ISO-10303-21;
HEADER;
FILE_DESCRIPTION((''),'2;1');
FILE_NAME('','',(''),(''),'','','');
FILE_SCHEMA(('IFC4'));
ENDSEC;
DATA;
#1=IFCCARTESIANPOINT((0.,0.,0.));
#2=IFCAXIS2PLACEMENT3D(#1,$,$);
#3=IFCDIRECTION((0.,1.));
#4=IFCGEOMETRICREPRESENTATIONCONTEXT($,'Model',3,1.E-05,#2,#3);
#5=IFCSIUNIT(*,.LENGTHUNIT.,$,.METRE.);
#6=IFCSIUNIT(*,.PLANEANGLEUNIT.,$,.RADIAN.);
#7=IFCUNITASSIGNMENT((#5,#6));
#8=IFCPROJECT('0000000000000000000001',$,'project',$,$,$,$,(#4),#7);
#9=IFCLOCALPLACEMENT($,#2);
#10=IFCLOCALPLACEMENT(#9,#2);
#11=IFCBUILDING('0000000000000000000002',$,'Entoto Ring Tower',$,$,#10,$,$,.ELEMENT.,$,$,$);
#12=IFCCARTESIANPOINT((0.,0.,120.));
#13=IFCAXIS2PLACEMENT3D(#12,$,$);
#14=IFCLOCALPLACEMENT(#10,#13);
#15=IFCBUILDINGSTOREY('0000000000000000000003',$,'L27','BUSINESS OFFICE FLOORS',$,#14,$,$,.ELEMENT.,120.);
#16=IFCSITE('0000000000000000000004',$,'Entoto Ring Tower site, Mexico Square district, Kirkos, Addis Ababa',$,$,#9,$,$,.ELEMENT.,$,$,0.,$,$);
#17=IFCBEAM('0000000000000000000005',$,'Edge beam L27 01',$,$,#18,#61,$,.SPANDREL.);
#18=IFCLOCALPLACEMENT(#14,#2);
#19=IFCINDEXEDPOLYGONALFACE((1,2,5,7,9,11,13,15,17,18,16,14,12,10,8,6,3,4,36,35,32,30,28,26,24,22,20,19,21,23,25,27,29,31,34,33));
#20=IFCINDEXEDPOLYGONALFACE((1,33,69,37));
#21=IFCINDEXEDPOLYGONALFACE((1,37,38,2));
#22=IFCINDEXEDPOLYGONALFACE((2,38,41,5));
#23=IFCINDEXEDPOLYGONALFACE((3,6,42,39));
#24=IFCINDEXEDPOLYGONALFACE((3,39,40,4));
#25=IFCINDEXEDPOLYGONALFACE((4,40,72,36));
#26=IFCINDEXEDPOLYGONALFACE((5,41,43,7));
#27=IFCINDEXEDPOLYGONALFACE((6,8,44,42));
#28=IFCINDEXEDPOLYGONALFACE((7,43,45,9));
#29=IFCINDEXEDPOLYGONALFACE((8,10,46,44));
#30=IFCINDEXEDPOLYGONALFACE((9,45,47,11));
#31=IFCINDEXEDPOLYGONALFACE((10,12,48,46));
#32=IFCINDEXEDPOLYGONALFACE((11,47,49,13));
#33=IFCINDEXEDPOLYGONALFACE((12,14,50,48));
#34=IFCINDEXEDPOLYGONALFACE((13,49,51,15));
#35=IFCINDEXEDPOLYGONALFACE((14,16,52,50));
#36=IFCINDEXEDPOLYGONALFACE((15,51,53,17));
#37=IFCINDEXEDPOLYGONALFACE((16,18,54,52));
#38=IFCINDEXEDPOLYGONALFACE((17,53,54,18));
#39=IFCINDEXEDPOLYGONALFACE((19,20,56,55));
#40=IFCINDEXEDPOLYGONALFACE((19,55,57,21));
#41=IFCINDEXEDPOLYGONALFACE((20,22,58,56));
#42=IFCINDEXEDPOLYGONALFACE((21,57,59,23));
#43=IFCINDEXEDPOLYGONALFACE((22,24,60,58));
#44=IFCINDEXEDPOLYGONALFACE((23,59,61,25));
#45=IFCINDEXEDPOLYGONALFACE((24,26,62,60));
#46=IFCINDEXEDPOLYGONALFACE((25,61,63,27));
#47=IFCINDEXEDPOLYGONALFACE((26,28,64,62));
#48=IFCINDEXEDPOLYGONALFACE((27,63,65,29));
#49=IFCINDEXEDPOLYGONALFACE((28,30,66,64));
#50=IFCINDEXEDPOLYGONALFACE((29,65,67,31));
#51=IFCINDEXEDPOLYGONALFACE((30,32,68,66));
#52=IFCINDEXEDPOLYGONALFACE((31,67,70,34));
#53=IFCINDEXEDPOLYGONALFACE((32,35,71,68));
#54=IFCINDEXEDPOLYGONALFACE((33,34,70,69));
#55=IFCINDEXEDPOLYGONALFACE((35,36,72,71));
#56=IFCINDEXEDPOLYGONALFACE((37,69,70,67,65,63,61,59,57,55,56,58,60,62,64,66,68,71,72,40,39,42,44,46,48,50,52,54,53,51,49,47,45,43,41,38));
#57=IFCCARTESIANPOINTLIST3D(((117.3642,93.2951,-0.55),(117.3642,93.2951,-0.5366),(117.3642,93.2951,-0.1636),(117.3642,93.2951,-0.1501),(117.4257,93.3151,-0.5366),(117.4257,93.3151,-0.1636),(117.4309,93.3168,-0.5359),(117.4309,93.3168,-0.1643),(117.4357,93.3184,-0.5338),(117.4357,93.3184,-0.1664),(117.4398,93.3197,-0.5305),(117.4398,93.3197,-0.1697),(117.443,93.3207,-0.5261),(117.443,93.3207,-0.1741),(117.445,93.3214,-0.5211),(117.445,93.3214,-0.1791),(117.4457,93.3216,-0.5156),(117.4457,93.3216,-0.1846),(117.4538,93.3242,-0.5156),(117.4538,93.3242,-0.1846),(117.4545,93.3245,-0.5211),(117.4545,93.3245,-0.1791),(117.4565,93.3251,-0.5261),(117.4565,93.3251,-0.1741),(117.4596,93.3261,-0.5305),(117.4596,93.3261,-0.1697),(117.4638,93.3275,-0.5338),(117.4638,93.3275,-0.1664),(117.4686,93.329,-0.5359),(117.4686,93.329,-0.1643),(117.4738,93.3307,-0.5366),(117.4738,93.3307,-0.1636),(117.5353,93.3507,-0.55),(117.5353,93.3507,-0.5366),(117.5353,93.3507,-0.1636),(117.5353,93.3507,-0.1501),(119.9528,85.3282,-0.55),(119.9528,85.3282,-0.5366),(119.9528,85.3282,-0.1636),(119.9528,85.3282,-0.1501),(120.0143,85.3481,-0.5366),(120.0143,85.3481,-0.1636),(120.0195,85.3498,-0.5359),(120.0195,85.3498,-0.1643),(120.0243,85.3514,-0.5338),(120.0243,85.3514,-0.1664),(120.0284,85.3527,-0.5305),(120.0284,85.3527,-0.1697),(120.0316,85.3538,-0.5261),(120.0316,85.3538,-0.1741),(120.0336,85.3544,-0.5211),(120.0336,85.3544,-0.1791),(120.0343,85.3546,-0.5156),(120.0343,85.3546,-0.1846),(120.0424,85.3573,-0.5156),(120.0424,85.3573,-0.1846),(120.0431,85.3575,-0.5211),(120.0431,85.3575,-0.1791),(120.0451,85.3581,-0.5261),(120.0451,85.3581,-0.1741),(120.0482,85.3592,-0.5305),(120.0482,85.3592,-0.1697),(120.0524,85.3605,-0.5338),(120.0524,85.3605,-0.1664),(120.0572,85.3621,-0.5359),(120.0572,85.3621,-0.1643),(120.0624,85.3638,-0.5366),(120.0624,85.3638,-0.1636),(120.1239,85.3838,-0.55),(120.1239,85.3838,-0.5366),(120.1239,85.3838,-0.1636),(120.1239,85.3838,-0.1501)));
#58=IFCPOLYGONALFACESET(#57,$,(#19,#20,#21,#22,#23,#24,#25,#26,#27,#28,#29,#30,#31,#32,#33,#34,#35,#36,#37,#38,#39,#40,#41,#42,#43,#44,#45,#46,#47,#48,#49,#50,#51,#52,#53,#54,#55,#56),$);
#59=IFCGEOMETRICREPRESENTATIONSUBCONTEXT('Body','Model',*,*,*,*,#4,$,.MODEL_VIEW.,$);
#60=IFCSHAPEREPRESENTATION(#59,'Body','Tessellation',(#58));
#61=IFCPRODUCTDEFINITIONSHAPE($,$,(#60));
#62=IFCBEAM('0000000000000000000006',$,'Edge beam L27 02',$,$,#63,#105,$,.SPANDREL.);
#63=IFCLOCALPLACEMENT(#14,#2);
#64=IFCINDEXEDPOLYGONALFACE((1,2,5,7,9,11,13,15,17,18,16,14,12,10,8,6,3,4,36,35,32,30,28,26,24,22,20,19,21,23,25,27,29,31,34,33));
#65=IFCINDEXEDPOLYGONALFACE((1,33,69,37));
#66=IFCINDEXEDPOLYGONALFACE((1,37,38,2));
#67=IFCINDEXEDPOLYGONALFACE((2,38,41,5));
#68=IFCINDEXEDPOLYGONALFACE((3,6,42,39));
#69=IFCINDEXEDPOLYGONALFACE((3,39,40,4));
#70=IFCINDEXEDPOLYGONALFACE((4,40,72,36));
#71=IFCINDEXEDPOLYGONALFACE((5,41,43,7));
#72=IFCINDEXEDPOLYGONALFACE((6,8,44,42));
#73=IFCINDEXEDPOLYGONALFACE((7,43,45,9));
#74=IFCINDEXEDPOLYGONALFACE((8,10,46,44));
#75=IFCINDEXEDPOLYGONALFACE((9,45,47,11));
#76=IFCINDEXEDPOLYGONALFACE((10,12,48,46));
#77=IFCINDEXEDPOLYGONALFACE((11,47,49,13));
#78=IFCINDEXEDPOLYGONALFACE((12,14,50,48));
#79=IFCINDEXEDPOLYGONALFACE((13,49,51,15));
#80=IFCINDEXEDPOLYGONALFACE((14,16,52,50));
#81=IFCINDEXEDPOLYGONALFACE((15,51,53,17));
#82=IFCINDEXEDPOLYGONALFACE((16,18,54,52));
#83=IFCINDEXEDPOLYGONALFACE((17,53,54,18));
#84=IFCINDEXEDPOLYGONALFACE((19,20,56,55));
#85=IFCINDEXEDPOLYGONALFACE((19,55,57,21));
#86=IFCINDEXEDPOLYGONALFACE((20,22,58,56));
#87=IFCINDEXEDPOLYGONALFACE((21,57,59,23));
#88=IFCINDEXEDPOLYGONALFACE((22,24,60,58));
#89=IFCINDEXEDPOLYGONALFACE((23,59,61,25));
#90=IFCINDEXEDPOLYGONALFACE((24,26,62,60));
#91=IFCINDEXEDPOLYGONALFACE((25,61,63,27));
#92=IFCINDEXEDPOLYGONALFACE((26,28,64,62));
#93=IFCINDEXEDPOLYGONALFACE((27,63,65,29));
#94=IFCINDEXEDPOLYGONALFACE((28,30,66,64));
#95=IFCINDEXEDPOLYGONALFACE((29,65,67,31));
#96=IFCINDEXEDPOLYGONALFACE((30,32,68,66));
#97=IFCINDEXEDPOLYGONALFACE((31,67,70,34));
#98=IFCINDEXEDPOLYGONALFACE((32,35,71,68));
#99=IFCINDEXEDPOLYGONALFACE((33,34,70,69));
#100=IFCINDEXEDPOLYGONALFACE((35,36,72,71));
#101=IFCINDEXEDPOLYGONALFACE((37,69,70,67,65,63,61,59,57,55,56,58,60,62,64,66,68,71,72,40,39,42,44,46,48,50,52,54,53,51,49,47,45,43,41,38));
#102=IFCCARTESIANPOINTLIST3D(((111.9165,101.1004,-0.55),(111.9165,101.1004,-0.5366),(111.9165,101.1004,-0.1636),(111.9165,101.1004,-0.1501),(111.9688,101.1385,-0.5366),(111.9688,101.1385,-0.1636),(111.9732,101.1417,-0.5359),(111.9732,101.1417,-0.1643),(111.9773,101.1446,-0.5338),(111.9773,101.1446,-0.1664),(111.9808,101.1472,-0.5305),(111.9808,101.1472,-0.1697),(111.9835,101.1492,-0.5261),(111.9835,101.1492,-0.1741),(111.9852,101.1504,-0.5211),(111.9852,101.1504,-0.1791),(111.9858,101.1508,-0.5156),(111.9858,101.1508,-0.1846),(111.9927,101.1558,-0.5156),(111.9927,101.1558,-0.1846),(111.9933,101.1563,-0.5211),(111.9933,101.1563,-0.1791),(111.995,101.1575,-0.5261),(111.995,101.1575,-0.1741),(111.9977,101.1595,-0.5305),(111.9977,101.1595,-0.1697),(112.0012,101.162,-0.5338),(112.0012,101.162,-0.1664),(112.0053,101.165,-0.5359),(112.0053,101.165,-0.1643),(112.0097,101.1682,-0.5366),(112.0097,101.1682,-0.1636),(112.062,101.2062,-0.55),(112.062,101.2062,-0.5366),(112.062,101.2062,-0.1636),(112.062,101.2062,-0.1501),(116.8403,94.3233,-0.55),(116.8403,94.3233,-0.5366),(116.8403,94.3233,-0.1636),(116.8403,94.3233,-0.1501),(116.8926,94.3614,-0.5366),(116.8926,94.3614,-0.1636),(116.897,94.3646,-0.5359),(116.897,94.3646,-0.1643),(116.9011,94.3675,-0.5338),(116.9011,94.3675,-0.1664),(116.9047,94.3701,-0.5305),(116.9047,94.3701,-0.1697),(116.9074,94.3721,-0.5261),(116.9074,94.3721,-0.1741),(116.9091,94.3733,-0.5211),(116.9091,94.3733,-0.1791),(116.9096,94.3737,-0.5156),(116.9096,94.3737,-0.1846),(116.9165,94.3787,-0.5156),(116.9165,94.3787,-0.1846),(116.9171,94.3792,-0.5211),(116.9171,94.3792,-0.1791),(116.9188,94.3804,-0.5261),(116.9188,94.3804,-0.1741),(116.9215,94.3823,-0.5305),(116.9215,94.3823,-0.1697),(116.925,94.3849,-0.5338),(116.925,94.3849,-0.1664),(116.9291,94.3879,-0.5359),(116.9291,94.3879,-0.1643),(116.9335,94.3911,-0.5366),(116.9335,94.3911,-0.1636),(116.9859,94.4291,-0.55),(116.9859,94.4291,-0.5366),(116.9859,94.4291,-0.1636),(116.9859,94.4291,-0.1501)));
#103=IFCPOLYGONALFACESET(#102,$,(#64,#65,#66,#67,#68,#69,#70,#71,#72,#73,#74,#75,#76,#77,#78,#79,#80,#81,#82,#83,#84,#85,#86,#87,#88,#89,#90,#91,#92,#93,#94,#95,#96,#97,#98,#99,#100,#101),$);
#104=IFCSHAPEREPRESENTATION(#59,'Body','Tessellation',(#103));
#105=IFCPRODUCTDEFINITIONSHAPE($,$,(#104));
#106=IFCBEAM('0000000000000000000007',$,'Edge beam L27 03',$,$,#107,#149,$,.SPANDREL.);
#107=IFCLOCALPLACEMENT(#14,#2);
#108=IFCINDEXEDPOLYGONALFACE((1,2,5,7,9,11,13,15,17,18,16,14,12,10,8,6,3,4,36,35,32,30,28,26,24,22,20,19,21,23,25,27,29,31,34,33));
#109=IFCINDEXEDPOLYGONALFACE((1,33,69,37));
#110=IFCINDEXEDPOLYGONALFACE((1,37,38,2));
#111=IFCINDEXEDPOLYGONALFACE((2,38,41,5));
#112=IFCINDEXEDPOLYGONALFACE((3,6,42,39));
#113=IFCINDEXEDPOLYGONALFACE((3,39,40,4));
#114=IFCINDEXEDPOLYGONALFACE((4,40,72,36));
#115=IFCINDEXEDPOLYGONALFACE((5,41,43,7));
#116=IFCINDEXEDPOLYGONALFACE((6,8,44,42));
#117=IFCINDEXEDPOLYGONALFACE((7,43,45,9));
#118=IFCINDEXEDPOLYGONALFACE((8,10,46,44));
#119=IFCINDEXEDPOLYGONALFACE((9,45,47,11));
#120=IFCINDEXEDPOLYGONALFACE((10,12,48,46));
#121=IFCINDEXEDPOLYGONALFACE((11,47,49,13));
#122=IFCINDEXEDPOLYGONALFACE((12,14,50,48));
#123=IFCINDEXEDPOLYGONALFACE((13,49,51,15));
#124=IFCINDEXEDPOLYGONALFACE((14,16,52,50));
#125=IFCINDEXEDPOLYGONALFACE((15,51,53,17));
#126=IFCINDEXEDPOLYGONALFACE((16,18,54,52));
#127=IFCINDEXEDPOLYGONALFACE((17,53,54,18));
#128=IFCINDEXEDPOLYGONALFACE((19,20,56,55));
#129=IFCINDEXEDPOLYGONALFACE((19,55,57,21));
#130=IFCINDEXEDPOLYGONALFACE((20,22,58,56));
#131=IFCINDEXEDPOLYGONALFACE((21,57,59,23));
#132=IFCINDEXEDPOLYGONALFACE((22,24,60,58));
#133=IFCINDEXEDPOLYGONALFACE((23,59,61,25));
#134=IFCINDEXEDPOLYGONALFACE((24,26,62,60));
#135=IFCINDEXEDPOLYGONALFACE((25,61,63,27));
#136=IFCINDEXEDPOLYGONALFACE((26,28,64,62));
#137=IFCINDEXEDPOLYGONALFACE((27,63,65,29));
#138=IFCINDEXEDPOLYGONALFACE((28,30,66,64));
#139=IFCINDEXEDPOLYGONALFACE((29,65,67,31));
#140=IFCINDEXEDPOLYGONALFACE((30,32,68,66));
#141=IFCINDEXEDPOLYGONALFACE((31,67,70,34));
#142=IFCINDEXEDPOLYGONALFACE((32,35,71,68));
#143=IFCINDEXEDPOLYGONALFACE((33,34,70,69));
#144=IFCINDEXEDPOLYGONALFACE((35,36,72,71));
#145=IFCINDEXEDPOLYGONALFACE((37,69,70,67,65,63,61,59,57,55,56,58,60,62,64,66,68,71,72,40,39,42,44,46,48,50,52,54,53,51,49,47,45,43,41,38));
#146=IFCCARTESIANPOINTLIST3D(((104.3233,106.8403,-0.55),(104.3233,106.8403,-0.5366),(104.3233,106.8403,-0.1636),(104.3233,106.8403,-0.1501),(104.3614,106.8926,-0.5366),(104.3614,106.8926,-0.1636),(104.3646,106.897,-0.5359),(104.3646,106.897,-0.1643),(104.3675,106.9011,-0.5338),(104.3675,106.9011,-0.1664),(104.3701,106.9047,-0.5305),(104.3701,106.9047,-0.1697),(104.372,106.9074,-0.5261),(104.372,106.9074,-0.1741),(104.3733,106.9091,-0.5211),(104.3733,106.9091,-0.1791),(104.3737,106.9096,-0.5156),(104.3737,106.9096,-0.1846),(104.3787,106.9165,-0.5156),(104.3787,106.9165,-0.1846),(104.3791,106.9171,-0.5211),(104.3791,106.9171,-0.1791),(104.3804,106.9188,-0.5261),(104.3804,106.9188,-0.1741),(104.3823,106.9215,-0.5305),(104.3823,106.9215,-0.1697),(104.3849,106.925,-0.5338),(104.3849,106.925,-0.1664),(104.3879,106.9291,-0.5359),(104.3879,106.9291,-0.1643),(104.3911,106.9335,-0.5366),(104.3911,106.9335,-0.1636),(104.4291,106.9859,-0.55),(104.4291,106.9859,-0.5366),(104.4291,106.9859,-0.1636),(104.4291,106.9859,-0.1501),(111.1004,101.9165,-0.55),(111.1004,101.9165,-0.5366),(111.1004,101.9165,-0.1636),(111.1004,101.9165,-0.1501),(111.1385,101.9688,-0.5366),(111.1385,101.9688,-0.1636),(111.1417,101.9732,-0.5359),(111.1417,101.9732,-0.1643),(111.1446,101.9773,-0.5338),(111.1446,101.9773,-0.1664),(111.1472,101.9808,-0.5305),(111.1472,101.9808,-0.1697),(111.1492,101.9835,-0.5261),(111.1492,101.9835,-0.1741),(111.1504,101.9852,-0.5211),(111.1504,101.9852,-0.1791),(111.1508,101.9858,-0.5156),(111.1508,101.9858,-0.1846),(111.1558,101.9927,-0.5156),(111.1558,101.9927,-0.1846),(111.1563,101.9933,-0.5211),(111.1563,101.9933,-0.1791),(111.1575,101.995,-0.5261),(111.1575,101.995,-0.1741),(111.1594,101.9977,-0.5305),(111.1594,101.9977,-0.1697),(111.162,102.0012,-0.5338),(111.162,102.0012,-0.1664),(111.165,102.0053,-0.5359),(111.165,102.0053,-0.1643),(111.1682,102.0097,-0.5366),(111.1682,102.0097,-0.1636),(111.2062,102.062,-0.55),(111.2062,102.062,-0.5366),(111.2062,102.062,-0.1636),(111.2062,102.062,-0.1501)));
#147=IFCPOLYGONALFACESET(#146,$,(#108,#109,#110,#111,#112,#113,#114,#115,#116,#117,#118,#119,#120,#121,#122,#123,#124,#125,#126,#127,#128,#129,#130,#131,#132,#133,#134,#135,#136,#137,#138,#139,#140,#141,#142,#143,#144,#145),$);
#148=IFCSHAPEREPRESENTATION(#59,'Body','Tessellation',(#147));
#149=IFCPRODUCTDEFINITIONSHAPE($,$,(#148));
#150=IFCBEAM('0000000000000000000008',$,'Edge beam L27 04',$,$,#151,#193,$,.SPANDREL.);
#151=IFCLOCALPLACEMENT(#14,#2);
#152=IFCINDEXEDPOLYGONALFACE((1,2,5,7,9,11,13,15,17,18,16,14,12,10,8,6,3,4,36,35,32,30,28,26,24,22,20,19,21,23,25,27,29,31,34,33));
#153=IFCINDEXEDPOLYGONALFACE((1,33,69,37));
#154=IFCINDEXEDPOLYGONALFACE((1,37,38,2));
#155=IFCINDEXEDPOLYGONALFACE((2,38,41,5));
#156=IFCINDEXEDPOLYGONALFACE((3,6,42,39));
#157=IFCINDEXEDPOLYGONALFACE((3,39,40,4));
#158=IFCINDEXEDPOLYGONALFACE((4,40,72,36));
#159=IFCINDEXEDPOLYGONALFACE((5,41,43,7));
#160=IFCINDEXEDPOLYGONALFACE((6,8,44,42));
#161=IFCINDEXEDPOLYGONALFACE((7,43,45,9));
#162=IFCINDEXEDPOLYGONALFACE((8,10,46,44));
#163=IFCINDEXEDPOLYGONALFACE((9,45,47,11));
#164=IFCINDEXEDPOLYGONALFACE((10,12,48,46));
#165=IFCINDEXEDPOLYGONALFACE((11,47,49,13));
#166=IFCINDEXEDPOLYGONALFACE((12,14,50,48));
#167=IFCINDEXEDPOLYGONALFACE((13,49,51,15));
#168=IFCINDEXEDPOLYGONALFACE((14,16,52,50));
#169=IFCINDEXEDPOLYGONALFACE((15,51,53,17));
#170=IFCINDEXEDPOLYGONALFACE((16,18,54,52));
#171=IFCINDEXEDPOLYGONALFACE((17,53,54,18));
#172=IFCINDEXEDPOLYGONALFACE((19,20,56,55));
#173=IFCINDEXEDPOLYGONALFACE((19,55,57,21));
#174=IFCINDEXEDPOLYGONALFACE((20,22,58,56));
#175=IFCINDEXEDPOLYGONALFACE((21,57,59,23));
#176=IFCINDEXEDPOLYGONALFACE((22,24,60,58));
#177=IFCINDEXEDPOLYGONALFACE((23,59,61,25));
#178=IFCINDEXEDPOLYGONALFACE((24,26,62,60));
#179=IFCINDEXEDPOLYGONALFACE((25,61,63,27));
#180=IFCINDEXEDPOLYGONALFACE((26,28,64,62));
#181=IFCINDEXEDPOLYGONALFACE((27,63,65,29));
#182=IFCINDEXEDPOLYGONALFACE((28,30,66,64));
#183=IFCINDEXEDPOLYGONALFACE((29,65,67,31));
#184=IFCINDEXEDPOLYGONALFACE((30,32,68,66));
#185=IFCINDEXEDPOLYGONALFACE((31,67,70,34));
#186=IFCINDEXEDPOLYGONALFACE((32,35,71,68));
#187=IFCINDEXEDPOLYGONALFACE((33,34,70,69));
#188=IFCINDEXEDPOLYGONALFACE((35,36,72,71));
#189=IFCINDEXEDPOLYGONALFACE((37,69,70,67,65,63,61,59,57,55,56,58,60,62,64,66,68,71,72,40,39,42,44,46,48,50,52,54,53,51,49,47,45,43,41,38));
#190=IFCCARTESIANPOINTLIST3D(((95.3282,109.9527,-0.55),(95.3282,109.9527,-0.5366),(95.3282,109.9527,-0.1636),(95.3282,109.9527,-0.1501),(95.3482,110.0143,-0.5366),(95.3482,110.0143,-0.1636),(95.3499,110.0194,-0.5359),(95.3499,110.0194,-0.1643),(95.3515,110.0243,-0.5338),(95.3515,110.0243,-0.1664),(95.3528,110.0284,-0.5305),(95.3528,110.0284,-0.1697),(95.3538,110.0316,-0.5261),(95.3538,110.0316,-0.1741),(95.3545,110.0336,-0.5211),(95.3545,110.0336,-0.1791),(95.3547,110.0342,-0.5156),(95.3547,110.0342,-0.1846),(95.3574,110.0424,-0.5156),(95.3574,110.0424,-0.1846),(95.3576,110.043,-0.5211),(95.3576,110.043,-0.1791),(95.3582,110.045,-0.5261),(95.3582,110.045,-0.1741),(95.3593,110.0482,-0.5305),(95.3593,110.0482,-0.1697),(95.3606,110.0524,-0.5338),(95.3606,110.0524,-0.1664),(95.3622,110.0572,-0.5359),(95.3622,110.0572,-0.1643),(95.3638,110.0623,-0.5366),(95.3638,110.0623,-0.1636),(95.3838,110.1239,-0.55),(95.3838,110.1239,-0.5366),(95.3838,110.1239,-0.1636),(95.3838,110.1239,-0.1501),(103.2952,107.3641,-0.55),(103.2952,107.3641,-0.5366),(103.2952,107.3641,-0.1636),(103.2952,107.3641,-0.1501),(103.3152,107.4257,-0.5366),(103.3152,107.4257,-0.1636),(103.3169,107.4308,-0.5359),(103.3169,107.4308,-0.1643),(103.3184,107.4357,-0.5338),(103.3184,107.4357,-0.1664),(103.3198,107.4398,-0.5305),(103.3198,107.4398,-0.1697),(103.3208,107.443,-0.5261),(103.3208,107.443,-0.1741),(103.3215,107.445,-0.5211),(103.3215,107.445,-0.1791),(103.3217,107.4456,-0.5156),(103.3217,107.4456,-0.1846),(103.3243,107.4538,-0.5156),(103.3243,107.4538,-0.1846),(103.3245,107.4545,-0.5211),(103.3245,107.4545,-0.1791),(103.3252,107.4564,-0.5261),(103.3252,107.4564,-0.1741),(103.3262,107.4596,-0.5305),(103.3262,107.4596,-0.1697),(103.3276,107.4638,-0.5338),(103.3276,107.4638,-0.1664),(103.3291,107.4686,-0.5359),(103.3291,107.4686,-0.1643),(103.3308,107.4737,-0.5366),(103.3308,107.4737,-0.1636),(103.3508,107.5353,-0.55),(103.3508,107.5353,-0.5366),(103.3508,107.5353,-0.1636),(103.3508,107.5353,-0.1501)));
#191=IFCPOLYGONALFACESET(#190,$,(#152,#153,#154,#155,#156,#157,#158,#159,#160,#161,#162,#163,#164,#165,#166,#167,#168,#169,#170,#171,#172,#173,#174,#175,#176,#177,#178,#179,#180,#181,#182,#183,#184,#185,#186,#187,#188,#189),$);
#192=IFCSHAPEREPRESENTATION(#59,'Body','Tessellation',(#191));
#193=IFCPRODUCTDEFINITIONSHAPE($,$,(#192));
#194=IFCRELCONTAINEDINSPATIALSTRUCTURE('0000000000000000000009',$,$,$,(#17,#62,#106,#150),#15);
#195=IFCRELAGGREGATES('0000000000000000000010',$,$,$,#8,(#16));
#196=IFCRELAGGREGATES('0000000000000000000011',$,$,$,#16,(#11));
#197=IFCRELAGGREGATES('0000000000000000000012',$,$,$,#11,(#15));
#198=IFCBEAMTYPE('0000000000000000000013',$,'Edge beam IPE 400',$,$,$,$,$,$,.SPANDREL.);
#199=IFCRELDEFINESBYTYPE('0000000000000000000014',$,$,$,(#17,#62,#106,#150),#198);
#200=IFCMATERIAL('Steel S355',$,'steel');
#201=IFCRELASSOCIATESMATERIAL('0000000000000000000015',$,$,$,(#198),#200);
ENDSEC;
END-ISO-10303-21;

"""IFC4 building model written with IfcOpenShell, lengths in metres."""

from ifc_helpers import new_model, si_unit, direction, frame, origin, origin_2d, place, context, subcontext, project, spatial, i_section, extrude, material, material_profile, profile_set, type_object, element, save


model = new_model("IFC4")

# Units and contexts
model_context = context("Model", 3, precision=1e-05, world=origin(), true_north=direction((0.0, 1.0)))
body_context = subcontext(model_context, "Body", "Model", "MODEL_VIEW")
ifc_project = project(units=[si_unit("LENGTHUNIT", "METRE"), si_unit("PLANEANGLEUNIT", "RADIAN")], contexts=[model_context])

# Site, building, storey
site_placement = place(None, origin())
site = spatial("IfcSite", under=ifc_project, at=site_placement, Name="Entoto Ring Tower site, Mexico Square district, Kirkos, Addis Ababa", CompositionType="ELEMENT", RefElevation=0.0)
building_placement = place(site_placement, origin())
building = spatial("IfcBuilding", under=site, at=building_placement, Name="Entoto Ring Tower", CompositionType="ELEMENT")
storey_placement = place(building_placement, frame((0.0, 0.0, 120.0)))
storey = spatial("IfcBuildingStorey", under=building, at=storey_placement, Name="L27", Description="BUSINESS OFFICE FLOORS", CompositionType="ELEMENT", Elevation=120.0)

# Beams
ifc_material_1 = material(Name="Steel S355", Category="steel")
ifc_material_profile_1 = material_profile(ifc_material_1, i_section(OverallWidth=0.1799, OverallDepth=0.3999, WebThickness=0.0085, FlangeThickness=0.0134, FilletRadius=0.021, at=origin_2d()), Name="IPE 400")
ifc_profile_set_1 = profile_set([ifc_material_profile_1], Name="Steel S355")
beam_type_1 = type_object("IfcBeamType", Name="Edge beam IPE 400", PredefinedType="SPANDREL", material=ifc_profile_set_1)
for number, where, z_axis, x_axis, name in (
    (1, (120.0383, 85.356, -0.3501), (-0.309014, 0.951057, 0.0), (-0.951057, -0.309014, 0.0), "Edge beam L27 01"),
    (2, (116.9131, 94.3762, -0.3501), (-0.587783, 0.809018, 0.0), (-0.809018, -0.587783, 0.0), "Edge beam L27 02"),
    (3, (111.1533, 101.9893, -0.3501), (-0.809018, 0.587783, 0.0), (-0.587783, -0.809018, 0.0), "Edge beam L27 03"),
    (4, (103.323, 107.4497, -0.3501), (-0.951057, 0.309014, 0.0), (-0.309014, -0.951057, 0.0), "Edge beam L27 04"),
):
    element("IfcBeam", number, at=place(storey_placement, frame(where, z_axis=z_axis, x_axis=x_axis)), inside=storey, type_object=beam_type_1, Name=name, PredefinedType="SPANDREL", context=body_context, shape_type="SweptSolid", body=[
        extrude(i_section(OverallWidth=0.1799, OverallDepth=0.3999, WebThickness=0.0085, FlangeThickness=0.0134, FilletRadius=0.021, at=origin_2d()), origin(), (0.0, 0.0, 1.0), 8.377),
    ])

save(model, "model.ifc")
